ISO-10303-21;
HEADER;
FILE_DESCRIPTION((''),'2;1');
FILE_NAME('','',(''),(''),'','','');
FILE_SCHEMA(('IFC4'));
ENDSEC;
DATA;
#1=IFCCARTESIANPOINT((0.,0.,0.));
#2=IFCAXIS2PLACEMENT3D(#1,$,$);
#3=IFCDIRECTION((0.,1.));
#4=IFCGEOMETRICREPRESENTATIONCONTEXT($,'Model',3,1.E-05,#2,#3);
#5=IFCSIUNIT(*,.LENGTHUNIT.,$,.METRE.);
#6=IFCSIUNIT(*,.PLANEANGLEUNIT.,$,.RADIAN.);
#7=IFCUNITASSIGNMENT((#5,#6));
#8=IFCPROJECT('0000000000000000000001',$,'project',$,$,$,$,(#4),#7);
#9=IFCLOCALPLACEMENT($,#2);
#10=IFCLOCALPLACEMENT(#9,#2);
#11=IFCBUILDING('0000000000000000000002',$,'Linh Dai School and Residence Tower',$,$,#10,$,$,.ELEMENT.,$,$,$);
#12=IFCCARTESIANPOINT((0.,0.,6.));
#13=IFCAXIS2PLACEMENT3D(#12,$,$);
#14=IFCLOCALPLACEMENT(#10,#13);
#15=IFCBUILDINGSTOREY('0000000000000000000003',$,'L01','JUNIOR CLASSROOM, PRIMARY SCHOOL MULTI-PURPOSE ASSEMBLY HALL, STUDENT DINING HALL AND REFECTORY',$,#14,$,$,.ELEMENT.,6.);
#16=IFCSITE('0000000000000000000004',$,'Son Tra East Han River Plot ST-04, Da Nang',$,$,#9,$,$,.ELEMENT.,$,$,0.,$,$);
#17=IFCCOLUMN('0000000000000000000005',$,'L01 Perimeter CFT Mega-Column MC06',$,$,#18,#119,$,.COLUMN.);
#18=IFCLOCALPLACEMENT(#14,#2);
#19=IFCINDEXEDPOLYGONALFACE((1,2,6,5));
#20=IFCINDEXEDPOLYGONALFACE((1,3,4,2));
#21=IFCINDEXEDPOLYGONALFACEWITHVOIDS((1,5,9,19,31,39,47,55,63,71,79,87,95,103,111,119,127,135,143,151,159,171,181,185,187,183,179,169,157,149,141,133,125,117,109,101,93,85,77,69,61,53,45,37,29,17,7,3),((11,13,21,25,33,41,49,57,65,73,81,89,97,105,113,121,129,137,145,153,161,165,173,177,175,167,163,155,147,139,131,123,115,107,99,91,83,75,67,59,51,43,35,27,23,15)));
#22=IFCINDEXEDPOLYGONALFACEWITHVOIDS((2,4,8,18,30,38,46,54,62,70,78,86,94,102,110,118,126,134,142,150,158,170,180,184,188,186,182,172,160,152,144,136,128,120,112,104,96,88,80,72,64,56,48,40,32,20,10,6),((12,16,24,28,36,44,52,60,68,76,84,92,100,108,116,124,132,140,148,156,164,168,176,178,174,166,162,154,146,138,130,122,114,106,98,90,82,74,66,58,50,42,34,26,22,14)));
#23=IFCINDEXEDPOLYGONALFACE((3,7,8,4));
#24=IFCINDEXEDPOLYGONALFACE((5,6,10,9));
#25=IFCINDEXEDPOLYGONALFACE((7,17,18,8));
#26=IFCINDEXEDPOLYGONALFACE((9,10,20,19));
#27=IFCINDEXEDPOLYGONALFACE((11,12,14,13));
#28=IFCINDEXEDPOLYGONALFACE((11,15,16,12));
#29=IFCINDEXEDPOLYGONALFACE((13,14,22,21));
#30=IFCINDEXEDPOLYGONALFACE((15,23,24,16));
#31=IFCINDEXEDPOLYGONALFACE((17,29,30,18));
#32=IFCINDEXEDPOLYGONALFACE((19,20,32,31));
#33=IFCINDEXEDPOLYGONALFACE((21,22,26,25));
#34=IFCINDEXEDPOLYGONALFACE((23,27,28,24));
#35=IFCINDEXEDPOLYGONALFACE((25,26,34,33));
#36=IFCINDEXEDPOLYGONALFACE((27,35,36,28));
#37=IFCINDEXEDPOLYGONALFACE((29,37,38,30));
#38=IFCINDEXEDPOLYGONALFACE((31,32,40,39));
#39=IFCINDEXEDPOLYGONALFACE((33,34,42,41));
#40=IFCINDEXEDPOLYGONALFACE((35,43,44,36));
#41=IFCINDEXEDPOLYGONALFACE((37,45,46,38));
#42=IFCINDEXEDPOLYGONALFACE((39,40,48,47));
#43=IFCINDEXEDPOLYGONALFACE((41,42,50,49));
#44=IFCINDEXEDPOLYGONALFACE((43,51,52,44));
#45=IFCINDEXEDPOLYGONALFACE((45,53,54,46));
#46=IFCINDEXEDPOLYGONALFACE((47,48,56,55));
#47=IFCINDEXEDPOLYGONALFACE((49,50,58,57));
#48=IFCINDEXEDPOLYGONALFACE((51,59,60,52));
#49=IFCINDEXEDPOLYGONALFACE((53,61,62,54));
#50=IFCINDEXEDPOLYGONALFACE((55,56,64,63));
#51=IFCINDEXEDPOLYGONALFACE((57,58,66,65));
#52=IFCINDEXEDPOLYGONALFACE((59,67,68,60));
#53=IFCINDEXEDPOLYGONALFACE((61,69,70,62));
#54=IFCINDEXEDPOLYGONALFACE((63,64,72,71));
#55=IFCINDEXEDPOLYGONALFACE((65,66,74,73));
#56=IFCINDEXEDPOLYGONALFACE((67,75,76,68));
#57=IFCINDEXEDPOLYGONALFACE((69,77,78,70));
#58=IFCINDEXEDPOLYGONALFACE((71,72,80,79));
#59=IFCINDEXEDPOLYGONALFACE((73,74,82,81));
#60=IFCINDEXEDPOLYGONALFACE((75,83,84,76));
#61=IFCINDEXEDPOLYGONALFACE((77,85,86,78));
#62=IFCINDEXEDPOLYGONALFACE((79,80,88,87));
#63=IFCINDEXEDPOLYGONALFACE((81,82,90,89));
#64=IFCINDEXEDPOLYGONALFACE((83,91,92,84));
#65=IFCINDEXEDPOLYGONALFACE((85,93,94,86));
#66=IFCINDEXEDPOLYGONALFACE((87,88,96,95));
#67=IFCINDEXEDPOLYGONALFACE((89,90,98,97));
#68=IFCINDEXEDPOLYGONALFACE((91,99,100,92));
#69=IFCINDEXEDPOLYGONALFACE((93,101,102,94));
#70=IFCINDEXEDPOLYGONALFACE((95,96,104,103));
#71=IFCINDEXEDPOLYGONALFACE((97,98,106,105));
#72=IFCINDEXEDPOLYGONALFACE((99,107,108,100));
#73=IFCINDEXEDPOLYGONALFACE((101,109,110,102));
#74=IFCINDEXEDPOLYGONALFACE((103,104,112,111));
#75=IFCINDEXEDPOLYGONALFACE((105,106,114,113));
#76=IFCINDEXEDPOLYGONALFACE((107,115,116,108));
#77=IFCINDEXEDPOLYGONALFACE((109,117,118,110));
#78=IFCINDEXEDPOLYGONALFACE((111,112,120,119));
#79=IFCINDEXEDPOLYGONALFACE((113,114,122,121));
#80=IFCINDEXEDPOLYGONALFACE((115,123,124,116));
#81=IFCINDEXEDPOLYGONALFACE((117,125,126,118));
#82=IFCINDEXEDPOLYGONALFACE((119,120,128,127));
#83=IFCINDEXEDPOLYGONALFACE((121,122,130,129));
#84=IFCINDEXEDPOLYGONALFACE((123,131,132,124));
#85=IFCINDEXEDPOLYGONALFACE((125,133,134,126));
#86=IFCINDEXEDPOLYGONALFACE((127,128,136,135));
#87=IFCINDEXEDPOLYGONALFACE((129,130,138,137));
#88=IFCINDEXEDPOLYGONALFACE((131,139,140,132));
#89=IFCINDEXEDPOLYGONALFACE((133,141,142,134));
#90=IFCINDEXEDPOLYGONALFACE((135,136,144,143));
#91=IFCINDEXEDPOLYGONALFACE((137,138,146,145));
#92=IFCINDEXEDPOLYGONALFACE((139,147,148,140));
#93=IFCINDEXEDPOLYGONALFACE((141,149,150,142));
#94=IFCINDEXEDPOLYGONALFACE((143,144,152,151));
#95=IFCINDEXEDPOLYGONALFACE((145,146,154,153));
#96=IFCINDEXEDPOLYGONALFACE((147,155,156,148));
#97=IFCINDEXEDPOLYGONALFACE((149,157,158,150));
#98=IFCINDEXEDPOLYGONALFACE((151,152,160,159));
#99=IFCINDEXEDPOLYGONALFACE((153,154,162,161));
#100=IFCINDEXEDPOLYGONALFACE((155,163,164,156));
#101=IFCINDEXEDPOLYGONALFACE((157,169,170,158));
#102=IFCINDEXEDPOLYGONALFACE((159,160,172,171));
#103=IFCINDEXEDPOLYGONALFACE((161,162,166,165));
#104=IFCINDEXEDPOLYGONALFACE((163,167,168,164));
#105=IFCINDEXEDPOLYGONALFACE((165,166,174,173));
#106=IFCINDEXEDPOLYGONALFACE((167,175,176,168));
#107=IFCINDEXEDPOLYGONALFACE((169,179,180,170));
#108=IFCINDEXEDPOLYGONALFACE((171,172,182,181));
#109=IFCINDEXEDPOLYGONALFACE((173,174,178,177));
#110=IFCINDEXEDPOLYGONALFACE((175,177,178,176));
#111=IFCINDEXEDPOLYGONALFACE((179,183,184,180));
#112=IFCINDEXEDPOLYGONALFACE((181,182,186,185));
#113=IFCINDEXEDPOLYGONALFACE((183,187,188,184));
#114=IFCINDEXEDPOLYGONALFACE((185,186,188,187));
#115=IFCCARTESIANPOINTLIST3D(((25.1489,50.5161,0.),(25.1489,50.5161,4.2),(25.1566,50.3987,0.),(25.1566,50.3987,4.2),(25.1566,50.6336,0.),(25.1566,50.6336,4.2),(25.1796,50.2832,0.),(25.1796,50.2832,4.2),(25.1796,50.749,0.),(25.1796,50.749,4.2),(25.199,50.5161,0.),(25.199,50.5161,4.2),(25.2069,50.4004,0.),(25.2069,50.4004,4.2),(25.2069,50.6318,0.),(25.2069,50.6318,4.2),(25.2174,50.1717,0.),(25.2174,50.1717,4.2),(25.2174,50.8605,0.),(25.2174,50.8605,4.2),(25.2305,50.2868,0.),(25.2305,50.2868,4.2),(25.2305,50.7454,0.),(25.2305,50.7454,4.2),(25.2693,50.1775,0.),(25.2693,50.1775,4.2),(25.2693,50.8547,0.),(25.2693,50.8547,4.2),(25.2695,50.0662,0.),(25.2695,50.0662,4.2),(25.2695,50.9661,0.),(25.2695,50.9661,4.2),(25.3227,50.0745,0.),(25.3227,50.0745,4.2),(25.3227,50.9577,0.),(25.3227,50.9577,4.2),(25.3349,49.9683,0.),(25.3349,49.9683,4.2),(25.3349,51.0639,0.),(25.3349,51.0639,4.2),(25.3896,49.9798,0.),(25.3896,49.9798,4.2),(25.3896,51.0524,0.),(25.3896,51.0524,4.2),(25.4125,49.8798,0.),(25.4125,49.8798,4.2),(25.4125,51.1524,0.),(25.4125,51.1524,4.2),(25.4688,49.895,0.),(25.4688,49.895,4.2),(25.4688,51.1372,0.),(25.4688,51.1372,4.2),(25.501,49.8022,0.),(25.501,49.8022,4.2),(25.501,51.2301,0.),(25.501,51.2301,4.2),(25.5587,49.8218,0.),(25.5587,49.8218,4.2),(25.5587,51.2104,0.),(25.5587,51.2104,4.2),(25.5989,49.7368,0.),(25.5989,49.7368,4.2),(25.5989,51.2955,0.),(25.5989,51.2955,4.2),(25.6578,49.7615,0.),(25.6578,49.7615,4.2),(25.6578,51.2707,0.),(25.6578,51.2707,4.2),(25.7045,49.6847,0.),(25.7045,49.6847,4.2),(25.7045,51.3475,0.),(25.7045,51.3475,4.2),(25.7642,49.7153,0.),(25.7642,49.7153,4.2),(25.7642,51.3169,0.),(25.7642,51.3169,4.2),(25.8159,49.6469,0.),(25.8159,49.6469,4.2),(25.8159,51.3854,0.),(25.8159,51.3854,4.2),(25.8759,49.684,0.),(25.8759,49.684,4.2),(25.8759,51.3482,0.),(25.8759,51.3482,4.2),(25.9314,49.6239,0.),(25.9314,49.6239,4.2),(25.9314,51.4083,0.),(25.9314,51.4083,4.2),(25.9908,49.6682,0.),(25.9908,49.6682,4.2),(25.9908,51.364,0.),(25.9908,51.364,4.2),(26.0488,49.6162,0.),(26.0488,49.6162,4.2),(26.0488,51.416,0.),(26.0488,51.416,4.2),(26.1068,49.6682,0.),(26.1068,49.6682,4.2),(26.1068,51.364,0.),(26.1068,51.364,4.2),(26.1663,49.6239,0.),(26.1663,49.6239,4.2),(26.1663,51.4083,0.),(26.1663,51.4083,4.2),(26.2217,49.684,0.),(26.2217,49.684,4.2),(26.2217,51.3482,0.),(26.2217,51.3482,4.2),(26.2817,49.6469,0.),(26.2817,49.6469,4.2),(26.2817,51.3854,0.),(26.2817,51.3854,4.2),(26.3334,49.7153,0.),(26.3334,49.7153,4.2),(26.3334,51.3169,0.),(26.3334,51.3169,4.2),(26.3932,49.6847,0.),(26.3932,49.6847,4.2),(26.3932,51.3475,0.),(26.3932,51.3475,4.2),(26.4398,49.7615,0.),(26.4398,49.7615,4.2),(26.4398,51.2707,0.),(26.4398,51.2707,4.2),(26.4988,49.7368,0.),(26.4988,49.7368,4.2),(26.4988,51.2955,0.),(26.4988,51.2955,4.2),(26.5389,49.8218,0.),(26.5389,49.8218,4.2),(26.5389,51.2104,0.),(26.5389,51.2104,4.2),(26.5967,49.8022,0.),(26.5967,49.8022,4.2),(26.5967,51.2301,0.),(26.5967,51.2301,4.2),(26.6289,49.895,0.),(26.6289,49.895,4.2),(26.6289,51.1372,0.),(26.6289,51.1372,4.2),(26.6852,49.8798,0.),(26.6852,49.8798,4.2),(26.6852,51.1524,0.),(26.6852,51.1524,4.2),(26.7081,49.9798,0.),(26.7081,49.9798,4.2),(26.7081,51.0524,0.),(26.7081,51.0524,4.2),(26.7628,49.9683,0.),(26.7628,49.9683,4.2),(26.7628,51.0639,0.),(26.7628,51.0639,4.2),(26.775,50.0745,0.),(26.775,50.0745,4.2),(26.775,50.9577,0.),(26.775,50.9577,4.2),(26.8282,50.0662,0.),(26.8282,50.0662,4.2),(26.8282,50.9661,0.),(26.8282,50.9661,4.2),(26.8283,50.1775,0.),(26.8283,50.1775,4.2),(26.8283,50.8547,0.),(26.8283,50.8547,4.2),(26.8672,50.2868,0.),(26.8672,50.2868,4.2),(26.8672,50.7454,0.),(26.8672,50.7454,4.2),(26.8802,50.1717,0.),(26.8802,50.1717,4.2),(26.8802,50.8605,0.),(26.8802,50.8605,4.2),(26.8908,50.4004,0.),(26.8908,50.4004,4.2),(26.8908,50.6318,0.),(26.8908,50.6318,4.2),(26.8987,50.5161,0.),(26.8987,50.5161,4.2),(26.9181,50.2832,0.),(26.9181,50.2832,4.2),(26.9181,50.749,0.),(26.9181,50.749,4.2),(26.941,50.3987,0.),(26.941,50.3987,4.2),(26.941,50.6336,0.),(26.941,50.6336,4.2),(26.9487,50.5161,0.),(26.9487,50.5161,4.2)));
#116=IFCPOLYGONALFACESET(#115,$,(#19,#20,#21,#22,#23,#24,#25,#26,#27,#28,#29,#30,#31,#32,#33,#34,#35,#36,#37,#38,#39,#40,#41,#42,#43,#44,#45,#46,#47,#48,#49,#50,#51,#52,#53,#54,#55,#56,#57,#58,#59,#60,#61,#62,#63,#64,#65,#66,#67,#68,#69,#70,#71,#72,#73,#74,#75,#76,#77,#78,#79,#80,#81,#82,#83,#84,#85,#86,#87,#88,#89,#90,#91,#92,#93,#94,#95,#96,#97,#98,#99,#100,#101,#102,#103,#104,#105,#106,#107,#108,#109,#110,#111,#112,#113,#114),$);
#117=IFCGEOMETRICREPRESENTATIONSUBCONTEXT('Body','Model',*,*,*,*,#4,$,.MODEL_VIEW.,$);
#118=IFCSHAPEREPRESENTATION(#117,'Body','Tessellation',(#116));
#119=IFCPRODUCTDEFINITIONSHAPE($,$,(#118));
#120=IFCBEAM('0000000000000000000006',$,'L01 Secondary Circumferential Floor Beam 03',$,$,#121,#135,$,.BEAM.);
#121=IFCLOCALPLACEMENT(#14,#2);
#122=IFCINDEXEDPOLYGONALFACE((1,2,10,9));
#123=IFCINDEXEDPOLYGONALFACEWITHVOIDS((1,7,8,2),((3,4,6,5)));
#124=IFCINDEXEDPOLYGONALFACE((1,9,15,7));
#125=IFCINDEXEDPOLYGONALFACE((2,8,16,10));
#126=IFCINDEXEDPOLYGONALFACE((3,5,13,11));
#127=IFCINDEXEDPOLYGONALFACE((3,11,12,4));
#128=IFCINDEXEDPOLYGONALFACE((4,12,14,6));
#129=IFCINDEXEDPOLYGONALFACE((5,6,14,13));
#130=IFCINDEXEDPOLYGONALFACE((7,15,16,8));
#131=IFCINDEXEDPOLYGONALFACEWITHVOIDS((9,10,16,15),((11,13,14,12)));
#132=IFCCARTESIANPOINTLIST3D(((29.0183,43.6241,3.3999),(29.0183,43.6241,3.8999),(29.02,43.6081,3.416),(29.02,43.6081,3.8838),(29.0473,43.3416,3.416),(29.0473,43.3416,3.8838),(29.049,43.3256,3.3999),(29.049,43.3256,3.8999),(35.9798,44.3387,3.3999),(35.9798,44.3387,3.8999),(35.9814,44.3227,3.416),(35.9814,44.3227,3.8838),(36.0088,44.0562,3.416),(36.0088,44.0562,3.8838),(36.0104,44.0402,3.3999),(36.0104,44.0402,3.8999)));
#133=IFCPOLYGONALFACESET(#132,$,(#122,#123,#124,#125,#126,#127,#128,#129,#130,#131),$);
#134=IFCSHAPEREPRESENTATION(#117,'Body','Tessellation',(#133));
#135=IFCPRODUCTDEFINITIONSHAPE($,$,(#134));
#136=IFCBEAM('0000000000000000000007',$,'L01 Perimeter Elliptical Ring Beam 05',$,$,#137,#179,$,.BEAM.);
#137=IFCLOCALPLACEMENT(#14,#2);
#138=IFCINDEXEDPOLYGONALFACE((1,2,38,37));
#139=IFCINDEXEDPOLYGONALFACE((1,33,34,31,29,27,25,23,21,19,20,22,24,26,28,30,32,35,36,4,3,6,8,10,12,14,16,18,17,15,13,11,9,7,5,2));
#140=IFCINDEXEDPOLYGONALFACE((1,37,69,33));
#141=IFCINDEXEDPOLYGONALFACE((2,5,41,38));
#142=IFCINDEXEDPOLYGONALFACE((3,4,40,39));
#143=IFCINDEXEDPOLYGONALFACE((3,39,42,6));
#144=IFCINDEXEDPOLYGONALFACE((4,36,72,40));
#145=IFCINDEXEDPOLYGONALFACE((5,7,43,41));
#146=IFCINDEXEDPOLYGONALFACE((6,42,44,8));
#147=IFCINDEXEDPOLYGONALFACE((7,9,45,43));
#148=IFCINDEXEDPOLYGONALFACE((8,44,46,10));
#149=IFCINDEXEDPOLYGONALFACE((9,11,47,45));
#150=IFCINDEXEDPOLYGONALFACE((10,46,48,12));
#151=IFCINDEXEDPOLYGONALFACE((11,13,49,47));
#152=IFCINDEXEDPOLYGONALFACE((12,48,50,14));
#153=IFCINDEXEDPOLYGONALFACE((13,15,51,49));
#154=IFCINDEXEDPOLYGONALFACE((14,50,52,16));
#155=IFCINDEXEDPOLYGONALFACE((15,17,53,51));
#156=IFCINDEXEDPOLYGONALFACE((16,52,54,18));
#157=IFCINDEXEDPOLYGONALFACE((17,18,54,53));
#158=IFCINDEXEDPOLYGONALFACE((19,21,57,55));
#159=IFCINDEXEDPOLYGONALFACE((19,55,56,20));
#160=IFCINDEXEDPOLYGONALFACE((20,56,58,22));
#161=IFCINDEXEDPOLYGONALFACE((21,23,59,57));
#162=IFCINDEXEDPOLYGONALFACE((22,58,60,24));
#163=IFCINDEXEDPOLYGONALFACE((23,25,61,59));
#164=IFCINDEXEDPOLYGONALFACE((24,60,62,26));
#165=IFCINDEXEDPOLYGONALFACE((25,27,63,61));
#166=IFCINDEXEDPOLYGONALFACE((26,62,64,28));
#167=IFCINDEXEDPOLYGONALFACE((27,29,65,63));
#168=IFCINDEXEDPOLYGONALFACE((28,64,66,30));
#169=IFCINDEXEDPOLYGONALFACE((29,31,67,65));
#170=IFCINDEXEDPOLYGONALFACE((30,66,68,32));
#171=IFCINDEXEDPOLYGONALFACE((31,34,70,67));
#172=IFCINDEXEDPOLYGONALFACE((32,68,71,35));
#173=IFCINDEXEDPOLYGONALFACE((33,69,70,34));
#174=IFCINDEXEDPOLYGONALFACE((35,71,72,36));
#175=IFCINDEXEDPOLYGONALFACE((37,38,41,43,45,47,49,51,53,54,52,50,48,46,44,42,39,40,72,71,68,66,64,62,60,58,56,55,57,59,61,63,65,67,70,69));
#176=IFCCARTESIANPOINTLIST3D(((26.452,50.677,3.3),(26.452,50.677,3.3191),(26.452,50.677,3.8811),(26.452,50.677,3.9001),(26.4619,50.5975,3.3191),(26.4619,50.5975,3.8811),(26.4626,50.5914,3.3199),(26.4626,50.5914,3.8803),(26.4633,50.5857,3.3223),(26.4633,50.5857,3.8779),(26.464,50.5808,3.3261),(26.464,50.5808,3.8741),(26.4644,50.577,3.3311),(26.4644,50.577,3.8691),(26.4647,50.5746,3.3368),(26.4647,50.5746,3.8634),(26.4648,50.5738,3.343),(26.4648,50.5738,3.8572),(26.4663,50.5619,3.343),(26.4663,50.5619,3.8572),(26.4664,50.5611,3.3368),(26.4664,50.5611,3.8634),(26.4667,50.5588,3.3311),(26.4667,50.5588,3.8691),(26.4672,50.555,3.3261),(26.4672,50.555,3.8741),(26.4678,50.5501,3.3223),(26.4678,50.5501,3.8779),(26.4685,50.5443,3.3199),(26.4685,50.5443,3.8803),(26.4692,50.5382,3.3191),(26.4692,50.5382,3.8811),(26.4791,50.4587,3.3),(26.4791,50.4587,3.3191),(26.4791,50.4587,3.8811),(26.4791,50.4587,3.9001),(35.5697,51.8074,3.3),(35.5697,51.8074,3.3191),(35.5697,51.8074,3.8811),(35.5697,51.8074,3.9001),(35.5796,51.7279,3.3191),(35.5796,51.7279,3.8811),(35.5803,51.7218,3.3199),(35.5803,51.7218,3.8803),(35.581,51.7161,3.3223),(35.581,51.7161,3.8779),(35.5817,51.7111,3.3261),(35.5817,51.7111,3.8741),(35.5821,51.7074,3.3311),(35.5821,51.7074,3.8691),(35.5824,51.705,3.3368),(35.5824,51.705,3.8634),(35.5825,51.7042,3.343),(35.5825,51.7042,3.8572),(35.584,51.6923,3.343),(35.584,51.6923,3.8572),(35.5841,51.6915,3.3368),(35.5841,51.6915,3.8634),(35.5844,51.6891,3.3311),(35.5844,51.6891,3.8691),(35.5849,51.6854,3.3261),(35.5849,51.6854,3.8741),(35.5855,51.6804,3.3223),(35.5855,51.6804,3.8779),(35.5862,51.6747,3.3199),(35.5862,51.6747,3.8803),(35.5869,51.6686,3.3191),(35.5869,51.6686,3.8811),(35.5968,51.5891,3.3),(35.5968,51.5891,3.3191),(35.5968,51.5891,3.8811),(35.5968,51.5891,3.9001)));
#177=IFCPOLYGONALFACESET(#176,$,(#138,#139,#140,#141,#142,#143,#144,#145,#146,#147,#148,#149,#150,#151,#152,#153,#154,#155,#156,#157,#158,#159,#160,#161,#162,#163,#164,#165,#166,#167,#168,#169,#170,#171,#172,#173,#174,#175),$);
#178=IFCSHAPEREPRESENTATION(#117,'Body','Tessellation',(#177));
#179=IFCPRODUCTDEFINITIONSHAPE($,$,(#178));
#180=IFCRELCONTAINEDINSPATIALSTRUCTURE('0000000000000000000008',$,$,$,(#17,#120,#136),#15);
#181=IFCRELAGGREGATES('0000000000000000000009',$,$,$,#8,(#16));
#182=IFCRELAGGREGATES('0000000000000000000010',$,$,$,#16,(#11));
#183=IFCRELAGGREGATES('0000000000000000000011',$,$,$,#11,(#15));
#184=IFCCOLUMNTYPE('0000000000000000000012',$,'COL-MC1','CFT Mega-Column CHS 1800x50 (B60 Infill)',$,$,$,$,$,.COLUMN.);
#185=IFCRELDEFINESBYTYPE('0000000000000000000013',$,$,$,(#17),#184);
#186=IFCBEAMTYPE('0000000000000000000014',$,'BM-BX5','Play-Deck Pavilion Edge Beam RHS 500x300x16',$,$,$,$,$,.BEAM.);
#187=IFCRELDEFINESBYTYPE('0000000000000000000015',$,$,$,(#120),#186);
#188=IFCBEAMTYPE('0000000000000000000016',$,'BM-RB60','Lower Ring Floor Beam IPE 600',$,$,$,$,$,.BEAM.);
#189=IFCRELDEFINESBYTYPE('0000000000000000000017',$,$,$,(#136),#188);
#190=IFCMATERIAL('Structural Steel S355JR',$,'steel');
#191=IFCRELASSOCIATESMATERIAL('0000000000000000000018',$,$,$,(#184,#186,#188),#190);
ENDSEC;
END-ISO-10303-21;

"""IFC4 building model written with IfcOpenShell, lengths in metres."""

from ifc_helpers import new_model, si_unit, direction, frame, origin, origin_2d, place, context, subcontext, project, spatial, hollow_rectangle, hollow_circle, i_section, extrude, material, material_profile, profile_set, type_object, element, save


model = new_model("IFC4")

# Units and contexts
model_context = context("Model", 3, precision=1e-05, world=origin(), true_north=direction((0.0, 1.0)))
body_context = subcontext(model_context, "Body", "Model", "MODEL_VIEW")
ifc_project = project(units=[si_unit("LENGTHUNIT", "METRE"), si_unit("PLANEANGLEUNIT", "RADIAN")], contexts=[model_context])

# Site, building, storey
site_placement = place(None, origin())
site = spatial("IfcSite", under=ifc_project, at=site_placement, Name="Son Tra East Han River Plot ST-04, Da Nang", CompositionType="ELEMENT", RefElevation=0.0)
building_placement = place(site_placement, origin())
building = spatial("IfcBuilding", under=site, at=building_placement, Name="Linh Dai School and Residence Tower", CompositionType="ELEMENT")
storey_placement = place(building_placement, frame((0.0, 0.0, 6.0)))
storey = spatial("IfcBuildingStorey", under=building, at=storey_placement, Name="L01", Description="JUNIOR CLASSROOM, PRIMARY SCHOOL MULTI-PURPOSE ASSEMBLY HALL, STUDENT DINING HALL AND REFECTORY", CompositionType="ELEMENT", Elevation=6.0)

# Column
ifc_material_1 = material(Name="Structural Steel S355JR", Category="steel")
ifc_material_profile_1 = material_profile(ifc_material_1, hollow_circle(Radius=0.8999, WallThickness=0.05, at=origin_2d()), Name="CHS 1800x50")
ifc_profile_set_1 = profile_set([ifc_material_profile_1], Name="Structural Steel S355JR")
column_type_1 = type_object("IfcColumnType", Name="COL-MC1", Description="CFT Mega-Column CHS 1800x50 (B60 Infill)", PredefinedType="COLUMN", material=ifc_profile_set_1)
for number, where, z_axis, x_axis, name in (
    (1, (26.0488, 50.5161, 0.0), (0.0, 0.0, 1.0), (1.0, 0.0, 0.0), "L01 Perimeter CFT Mega-Column MC06"),
):
    element("IfcColumn", number, at=place(storey_placement, frame(where, z_axis=z_axis, x_axis=x_axis)), inside=storey, type_object=column_type_1, Name=name, PredefinedType="COLUMN", context=body_context, shape_type="SweptSolid", body=[
        extrude(hollow_circle(Radius=0.8999, WallThickness=0.05, at=origin_2d()), origin(), (0.0, 0.0, 1.0), 4.2),
    ])

# Beams
ifc_material_profile_2 = material_profile(ifc_material_1, hollow_rectangle(XDim=0.3, YDim=0.5, WallThickness=0.0161, at=origin_2d()), Name="RHS 500x300x16")
ifc_profile_set_2 = profile_set([ifc_material_profile_2], Name="Structural Steel S355JR")
beam_type_1 = type_object("IfcBeamType", Name="BM-BX5", Description="Play-Deck Pavilion Edge Beam RHS 500x300x16", PredefinedType="BEAM", material=ifc_profile_set_2)
beam_1_placement = place(storey_placement, frame((35.9951, 44.1895, 3.6499), z_axis=(-0.994773, -0.102115, 0.0), x_axis=(0.102115, -0.994773, 0.0)))
element("IfcBeam", 2, at=beam_1_placement, inside=storey, type_object=beam_type_1, Name="L01 Secondary Circumferential Floor Beam 03", PredefinedType="BEAM", context=body_context, shape_type="SweptSolid", body=[
    extrude(hollow_rectangle(XDim=0.3, YDim=0.5, WallThickness=0.0161, at=origin_2d()), origin(), (0.0, 0.0, 1.0), 6.998),
])
ifc_material_profile_3 = material_profile(ifc_material_1, i_section(OverallWidth=0.22, OverallDepth=0.6001, WebThickness=0.012, FlangeThickness=0.019, FilletRadius=0.0239, at=origin_2d()), Name="IPE 600")
ifc_profile_set_3 = profile_set([ifc_material_profile_3], Name="Structural Steel S355JR")
beam_type_2 = type_object("IfcBeamType", Name="BM-RB60", Description="Lower Ring Floor Beam IPE 600", PredefinedType="BEAM", material=ifc_profile_set_3)
beam_2_placement = place(storey_placement, frame((35.5833, 51.6982, 3.6001), z_axis=(-0.992402, -0.123034, 0.0), x_axis=(0.123034, -0.992402, 0.0)))
element("IfcBeam", 3, at=beam_2_placement, inside=storey, type_object=beam_type_2, Name="L01 Perimeter Elliptical Ring Beam 05", PredefinedType="BEAM", context=body_context, shape_type="SweptSolid", body=[
    extrude(i_section(OverallWidth=0.22, OverallDepth=0.6001, WebThickness=0.012, FlangeThickness=0.019, FilletRadius=0.0239, at=origin_2d()), origin(), (0.0, 0.0, 1.0), 9.1875),
])

save(model, "model.ifc")
